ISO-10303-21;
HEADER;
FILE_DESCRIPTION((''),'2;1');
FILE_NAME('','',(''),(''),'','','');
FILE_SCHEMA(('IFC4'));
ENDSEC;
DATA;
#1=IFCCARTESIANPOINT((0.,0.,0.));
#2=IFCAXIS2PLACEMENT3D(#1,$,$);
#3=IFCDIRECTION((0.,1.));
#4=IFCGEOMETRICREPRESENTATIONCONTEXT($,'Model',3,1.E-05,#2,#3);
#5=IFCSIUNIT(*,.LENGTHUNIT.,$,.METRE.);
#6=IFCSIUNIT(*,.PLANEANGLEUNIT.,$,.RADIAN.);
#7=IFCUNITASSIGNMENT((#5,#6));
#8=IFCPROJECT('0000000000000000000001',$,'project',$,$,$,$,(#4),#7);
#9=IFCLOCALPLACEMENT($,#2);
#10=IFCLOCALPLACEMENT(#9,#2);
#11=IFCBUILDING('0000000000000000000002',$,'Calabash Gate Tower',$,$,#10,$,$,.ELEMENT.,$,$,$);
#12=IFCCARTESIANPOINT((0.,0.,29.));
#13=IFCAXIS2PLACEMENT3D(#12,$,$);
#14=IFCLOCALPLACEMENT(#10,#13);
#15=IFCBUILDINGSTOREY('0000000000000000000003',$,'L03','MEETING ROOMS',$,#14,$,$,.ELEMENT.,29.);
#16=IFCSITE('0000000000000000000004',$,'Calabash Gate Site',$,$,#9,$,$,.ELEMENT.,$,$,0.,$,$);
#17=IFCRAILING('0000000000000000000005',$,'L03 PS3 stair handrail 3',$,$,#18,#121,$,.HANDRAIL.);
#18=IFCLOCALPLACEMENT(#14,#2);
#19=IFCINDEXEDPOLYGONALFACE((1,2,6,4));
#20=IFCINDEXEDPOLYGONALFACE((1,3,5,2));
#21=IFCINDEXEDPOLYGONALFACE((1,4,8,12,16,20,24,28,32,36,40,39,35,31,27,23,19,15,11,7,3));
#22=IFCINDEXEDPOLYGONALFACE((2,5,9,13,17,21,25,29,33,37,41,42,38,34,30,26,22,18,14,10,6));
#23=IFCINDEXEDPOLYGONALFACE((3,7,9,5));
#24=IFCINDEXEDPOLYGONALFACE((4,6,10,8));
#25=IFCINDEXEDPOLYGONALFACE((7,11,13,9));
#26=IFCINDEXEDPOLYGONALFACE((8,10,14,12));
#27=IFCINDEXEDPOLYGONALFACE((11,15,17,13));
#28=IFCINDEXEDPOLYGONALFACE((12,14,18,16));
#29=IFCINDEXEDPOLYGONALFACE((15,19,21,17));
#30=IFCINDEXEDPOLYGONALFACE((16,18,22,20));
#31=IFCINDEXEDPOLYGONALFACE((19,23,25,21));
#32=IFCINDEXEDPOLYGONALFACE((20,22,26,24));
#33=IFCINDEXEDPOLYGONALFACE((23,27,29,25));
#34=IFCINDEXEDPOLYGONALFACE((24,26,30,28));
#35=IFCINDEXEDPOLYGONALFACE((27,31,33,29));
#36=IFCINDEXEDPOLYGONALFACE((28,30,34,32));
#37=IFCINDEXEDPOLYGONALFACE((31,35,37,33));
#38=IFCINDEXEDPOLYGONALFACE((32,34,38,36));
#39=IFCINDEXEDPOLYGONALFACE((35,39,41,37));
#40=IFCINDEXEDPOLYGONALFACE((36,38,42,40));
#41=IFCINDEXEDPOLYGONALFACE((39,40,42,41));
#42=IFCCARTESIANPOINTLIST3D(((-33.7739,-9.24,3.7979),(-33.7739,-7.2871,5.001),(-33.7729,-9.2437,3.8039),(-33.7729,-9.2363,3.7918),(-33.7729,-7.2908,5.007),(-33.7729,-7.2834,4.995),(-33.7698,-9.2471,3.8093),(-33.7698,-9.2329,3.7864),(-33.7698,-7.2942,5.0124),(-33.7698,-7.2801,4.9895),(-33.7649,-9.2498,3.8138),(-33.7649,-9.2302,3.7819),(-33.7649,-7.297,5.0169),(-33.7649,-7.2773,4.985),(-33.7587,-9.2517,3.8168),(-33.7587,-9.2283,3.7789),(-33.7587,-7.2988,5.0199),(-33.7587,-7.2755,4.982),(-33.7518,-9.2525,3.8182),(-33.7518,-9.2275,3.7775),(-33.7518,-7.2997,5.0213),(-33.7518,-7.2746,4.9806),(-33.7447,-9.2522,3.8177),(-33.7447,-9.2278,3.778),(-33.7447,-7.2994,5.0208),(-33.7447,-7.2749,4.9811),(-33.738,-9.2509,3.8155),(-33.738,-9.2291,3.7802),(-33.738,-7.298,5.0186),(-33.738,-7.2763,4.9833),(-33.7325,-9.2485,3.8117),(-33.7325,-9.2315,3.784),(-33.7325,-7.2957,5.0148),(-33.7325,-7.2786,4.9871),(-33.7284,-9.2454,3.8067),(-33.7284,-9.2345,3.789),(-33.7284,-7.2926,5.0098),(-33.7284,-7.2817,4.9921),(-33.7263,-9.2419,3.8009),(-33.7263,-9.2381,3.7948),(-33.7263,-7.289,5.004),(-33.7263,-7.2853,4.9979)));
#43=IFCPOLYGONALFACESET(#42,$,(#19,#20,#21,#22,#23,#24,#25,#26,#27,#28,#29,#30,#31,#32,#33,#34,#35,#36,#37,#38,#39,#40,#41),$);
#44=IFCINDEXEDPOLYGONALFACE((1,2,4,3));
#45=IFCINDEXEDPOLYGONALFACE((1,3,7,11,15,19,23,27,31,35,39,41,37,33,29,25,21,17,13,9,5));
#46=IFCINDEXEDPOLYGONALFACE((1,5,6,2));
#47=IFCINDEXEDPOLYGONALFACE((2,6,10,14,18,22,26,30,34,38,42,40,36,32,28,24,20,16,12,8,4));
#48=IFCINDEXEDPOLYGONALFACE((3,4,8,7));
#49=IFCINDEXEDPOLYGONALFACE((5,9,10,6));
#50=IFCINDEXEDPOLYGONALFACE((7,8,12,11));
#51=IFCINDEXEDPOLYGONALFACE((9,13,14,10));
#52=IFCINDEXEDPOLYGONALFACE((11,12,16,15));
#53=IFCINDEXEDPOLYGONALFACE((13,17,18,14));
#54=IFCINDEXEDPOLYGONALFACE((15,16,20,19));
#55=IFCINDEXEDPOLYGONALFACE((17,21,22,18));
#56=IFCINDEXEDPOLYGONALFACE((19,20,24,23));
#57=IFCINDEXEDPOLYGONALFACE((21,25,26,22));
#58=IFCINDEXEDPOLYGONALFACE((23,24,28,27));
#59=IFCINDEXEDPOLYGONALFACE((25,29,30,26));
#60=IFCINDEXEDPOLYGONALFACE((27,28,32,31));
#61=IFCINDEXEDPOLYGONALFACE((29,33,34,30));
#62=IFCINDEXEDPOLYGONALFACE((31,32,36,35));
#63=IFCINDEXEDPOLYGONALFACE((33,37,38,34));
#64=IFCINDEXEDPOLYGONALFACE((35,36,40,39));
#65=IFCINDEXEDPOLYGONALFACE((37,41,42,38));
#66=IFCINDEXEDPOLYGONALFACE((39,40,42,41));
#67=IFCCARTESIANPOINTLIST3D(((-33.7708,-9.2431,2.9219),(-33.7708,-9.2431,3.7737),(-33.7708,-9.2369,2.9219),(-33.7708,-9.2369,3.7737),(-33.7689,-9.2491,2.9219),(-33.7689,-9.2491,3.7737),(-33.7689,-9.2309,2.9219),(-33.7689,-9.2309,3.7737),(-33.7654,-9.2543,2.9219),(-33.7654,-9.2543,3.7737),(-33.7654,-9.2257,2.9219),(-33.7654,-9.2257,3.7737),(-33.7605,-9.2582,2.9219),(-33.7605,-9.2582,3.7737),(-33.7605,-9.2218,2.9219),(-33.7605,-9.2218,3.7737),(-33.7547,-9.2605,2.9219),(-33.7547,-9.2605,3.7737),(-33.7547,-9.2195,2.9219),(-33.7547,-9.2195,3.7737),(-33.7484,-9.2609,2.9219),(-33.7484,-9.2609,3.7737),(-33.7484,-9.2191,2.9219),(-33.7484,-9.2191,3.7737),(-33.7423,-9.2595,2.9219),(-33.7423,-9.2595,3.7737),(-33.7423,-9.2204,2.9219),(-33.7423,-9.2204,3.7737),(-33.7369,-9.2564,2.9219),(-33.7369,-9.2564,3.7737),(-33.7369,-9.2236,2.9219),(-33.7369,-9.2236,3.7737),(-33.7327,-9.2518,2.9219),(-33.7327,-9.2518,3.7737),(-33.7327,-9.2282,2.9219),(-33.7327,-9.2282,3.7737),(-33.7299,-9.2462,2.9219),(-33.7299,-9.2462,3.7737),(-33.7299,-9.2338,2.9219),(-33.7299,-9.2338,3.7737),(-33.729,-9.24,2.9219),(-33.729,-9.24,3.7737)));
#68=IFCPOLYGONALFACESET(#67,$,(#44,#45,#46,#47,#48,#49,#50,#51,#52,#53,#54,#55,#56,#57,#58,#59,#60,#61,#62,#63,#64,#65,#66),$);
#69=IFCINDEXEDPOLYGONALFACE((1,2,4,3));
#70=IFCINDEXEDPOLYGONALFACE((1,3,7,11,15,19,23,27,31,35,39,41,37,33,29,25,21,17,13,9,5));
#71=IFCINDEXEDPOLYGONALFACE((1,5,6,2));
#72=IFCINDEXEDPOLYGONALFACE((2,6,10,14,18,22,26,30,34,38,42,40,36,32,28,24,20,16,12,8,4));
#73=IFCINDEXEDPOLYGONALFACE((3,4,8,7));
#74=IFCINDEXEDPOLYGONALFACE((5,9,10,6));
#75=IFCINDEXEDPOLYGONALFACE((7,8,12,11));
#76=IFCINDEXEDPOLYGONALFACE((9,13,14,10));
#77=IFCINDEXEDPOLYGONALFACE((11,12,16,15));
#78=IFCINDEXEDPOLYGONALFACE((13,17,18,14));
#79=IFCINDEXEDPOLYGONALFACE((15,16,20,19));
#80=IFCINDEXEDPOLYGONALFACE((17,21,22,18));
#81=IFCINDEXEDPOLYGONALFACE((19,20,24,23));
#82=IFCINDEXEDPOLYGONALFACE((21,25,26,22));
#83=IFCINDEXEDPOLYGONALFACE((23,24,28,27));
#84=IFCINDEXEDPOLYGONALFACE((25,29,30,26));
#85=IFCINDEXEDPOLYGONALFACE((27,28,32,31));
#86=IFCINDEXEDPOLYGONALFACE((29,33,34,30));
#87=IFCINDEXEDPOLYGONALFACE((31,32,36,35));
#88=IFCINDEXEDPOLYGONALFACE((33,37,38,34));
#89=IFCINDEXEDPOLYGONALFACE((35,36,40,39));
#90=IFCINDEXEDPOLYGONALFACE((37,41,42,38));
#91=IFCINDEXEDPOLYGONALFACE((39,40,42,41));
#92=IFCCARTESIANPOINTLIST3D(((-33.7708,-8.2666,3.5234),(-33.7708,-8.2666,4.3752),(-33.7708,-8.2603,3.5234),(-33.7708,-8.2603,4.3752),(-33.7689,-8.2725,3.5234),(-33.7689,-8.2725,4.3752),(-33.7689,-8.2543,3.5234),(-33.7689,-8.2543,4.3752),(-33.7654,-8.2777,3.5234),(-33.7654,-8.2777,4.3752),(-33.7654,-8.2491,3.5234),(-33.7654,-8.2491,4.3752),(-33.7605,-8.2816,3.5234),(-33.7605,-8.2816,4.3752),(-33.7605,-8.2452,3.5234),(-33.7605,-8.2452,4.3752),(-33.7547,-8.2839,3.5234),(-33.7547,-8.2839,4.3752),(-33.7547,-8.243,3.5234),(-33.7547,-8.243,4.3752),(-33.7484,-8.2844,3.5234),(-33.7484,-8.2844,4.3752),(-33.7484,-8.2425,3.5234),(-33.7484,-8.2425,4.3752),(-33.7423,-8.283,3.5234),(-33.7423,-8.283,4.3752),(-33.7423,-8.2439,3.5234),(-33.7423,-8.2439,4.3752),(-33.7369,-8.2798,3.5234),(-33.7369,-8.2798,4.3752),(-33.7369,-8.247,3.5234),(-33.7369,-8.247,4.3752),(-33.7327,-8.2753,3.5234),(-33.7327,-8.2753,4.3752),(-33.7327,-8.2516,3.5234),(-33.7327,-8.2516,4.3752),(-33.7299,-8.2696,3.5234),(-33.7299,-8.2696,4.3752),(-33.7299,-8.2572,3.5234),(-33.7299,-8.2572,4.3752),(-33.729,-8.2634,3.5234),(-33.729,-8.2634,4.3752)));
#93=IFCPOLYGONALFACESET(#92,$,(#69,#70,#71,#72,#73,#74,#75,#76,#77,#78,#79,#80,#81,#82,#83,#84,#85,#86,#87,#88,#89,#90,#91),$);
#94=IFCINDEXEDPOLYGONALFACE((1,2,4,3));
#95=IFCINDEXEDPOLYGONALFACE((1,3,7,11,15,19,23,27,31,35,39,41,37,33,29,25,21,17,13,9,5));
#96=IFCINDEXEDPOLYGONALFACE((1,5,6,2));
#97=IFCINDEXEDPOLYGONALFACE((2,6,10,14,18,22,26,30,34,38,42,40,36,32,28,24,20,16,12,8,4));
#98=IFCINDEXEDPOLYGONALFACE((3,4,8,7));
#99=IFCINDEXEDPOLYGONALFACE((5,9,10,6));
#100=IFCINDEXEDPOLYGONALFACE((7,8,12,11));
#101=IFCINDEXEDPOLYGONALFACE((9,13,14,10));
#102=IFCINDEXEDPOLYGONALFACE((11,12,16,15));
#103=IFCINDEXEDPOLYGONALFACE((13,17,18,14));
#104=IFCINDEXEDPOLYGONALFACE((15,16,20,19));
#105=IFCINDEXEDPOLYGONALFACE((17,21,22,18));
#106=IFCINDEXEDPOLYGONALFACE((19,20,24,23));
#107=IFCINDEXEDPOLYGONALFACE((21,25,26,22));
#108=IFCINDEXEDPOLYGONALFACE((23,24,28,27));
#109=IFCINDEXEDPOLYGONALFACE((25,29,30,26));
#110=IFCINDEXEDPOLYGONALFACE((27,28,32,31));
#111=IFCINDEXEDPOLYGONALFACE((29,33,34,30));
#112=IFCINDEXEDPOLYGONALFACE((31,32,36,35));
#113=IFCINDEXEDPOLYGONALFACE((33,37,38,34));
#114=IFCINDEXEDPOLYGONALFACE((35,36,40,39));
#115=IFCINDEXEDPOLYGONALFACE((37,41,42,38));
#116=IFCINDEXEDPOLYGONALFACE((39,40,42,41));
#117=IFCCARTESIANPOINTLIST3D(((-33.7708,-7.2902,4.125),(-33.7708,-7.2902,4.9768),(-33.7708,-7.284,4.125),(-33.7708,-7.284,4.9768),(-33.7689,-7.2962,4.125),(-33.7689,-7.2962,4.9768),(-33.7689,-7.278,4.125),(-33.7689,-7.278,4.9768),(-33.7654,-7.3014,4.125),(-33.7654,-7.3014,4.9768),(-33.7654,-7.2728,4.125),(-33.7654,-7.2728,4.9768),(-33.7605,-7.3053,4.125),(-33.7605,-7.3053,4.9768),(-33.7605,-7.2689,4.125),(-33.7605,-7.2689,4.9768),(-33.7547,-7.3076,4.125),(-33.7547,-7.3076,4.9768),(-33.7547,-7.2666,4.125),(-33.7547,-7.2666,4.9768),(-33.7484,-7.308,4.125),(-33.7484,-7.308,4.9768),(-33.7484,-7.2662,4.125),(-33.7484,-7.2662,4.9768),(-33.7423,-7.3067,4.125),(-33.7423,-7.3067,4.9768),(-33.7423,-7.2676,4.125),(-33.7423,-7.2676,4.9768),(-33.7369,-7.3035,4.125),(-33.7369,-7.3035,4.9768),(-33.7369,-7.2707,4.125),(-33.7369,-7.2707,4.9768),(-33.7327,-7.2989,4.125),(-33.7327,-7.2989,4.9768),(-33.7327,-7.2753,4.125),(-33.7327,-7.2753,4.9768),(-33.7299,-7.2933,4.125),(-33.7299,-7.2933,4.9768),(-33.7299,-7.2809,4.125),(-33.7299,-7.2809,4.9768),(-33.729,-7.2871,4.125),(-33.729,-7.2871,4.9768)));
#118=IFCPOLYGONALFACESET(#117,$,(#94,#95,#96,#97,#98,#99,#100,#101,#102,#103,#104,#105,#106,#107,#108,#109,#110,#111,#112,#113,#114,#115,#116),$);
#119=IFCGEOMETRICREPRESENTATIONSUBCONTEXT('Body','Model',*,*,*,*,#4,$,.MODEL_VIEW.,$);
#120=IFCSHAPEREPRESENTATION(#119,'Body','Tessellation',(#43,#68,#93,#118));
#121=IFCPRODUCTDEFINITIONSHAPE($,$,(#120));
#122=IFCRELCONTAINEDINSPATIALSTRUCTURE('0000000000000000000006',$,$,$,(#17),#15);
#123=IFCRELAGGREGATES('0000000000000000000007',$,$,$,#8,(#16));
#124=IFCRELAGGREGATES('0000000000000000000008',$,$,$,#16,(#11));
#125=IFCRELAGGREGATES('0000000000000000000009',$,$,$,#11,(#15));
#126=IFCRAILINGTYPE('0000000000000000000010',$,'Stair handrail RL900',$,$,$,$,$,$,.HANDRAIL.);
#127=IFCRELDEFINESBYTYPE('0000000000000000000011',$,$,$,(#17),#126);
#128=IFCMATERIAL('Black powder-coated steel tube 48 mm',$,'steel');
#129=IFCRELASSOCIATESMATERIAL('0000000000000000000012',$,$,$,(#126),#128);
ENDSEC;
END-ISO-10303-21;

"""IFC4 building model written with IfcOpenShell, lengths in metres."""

from ifc_helpers import new_model, si_unit, direction, frame, origin, origin_2d, place, context, subcontext, project, spatial, circle, extrude, material, type_object, element, save


model = new_model("IFC4")

# Units and contexts
model_context = context("Model", 3, precision=1e-05, world=origin(), true_north=direction((0.0, 1.0)))
body_context = subcontext(model_context, "Body", "Model", "MODEL_VIEW")
ifc_project = project(units=[si_unit("LENGTHUNIT", "METRE"), si_unit("PLANEANGLEUNIT", "RADIAN")], contexts=[model_context])

# Site, building, storey
site_placement = place(None, origin())
site = spatial("IfcSite", under=ifc_project, at=site_placement, Name="Calabash Gate Site", CompositionType="ELEMENT", RefElevation=0.0)
building_placement = place(site_placement, origin())
building = spatial("IfcBuilding", under=site, at=building_placement, Name="Calabash Gate Tower", CompositionType="ELEMENT")
storey_placement = place(building_placement, frame((0.0, 0.0, 29.0)))
storey = spatial("IfcBuildingStorey", under=building, at=storey_placement, Name="L03", Description="MEETING ROOMS", CompositionType="ELEMENT", Elevation=29.0)

# Railing
ifc_material_1 = material(Name="Black powder-coated steel tube 48 mm", Category="steel")
railing_type_1 = type_object("IfcRailingType", Name="Stair handrail RL900", PredefinedType="HANDRAIL", material=ifc_material_1)
railing_1_placement = place(storey_placement, frame((-33.75, -9.24, 2.9219)))
element("IfcRailing", 1, at=railing_1_placement, inside=storey, type_object=railing_type_1, Name="L03 PS3 stair handrail 3", PredefinedType="HANDRAIL", context=body_context, shape_type="SweptSolid", body=[
    extrude(circle(Radius=0.0239, at=origin_2d()), frame((0.0, 0.0, 0.876), z_axis=(0.0, 0.851395, 0.524525), x_axis=(-1.0, 0.0, 0.0)), (0.0, 0.0, 1.0), 2.2937),
    extrude(circle(Radius=0.021, at=origin_2d()), origin(), (0.0, 0.0, 1.0), 0.8518),
    extrude(circle(Radius=0.021, at=origin_2d()), frame((0.0, 0.9766, 0.6016)), (0.0, 0.0, 1.0), 0.8518),
    extrude(circle(Radius=0.021, at=origin_2d()), frame((0.0, 1.9529, 1.2031)), (0.0, 0.0, 1.0), 0.8518),
])

save(model, "model.ifc")
